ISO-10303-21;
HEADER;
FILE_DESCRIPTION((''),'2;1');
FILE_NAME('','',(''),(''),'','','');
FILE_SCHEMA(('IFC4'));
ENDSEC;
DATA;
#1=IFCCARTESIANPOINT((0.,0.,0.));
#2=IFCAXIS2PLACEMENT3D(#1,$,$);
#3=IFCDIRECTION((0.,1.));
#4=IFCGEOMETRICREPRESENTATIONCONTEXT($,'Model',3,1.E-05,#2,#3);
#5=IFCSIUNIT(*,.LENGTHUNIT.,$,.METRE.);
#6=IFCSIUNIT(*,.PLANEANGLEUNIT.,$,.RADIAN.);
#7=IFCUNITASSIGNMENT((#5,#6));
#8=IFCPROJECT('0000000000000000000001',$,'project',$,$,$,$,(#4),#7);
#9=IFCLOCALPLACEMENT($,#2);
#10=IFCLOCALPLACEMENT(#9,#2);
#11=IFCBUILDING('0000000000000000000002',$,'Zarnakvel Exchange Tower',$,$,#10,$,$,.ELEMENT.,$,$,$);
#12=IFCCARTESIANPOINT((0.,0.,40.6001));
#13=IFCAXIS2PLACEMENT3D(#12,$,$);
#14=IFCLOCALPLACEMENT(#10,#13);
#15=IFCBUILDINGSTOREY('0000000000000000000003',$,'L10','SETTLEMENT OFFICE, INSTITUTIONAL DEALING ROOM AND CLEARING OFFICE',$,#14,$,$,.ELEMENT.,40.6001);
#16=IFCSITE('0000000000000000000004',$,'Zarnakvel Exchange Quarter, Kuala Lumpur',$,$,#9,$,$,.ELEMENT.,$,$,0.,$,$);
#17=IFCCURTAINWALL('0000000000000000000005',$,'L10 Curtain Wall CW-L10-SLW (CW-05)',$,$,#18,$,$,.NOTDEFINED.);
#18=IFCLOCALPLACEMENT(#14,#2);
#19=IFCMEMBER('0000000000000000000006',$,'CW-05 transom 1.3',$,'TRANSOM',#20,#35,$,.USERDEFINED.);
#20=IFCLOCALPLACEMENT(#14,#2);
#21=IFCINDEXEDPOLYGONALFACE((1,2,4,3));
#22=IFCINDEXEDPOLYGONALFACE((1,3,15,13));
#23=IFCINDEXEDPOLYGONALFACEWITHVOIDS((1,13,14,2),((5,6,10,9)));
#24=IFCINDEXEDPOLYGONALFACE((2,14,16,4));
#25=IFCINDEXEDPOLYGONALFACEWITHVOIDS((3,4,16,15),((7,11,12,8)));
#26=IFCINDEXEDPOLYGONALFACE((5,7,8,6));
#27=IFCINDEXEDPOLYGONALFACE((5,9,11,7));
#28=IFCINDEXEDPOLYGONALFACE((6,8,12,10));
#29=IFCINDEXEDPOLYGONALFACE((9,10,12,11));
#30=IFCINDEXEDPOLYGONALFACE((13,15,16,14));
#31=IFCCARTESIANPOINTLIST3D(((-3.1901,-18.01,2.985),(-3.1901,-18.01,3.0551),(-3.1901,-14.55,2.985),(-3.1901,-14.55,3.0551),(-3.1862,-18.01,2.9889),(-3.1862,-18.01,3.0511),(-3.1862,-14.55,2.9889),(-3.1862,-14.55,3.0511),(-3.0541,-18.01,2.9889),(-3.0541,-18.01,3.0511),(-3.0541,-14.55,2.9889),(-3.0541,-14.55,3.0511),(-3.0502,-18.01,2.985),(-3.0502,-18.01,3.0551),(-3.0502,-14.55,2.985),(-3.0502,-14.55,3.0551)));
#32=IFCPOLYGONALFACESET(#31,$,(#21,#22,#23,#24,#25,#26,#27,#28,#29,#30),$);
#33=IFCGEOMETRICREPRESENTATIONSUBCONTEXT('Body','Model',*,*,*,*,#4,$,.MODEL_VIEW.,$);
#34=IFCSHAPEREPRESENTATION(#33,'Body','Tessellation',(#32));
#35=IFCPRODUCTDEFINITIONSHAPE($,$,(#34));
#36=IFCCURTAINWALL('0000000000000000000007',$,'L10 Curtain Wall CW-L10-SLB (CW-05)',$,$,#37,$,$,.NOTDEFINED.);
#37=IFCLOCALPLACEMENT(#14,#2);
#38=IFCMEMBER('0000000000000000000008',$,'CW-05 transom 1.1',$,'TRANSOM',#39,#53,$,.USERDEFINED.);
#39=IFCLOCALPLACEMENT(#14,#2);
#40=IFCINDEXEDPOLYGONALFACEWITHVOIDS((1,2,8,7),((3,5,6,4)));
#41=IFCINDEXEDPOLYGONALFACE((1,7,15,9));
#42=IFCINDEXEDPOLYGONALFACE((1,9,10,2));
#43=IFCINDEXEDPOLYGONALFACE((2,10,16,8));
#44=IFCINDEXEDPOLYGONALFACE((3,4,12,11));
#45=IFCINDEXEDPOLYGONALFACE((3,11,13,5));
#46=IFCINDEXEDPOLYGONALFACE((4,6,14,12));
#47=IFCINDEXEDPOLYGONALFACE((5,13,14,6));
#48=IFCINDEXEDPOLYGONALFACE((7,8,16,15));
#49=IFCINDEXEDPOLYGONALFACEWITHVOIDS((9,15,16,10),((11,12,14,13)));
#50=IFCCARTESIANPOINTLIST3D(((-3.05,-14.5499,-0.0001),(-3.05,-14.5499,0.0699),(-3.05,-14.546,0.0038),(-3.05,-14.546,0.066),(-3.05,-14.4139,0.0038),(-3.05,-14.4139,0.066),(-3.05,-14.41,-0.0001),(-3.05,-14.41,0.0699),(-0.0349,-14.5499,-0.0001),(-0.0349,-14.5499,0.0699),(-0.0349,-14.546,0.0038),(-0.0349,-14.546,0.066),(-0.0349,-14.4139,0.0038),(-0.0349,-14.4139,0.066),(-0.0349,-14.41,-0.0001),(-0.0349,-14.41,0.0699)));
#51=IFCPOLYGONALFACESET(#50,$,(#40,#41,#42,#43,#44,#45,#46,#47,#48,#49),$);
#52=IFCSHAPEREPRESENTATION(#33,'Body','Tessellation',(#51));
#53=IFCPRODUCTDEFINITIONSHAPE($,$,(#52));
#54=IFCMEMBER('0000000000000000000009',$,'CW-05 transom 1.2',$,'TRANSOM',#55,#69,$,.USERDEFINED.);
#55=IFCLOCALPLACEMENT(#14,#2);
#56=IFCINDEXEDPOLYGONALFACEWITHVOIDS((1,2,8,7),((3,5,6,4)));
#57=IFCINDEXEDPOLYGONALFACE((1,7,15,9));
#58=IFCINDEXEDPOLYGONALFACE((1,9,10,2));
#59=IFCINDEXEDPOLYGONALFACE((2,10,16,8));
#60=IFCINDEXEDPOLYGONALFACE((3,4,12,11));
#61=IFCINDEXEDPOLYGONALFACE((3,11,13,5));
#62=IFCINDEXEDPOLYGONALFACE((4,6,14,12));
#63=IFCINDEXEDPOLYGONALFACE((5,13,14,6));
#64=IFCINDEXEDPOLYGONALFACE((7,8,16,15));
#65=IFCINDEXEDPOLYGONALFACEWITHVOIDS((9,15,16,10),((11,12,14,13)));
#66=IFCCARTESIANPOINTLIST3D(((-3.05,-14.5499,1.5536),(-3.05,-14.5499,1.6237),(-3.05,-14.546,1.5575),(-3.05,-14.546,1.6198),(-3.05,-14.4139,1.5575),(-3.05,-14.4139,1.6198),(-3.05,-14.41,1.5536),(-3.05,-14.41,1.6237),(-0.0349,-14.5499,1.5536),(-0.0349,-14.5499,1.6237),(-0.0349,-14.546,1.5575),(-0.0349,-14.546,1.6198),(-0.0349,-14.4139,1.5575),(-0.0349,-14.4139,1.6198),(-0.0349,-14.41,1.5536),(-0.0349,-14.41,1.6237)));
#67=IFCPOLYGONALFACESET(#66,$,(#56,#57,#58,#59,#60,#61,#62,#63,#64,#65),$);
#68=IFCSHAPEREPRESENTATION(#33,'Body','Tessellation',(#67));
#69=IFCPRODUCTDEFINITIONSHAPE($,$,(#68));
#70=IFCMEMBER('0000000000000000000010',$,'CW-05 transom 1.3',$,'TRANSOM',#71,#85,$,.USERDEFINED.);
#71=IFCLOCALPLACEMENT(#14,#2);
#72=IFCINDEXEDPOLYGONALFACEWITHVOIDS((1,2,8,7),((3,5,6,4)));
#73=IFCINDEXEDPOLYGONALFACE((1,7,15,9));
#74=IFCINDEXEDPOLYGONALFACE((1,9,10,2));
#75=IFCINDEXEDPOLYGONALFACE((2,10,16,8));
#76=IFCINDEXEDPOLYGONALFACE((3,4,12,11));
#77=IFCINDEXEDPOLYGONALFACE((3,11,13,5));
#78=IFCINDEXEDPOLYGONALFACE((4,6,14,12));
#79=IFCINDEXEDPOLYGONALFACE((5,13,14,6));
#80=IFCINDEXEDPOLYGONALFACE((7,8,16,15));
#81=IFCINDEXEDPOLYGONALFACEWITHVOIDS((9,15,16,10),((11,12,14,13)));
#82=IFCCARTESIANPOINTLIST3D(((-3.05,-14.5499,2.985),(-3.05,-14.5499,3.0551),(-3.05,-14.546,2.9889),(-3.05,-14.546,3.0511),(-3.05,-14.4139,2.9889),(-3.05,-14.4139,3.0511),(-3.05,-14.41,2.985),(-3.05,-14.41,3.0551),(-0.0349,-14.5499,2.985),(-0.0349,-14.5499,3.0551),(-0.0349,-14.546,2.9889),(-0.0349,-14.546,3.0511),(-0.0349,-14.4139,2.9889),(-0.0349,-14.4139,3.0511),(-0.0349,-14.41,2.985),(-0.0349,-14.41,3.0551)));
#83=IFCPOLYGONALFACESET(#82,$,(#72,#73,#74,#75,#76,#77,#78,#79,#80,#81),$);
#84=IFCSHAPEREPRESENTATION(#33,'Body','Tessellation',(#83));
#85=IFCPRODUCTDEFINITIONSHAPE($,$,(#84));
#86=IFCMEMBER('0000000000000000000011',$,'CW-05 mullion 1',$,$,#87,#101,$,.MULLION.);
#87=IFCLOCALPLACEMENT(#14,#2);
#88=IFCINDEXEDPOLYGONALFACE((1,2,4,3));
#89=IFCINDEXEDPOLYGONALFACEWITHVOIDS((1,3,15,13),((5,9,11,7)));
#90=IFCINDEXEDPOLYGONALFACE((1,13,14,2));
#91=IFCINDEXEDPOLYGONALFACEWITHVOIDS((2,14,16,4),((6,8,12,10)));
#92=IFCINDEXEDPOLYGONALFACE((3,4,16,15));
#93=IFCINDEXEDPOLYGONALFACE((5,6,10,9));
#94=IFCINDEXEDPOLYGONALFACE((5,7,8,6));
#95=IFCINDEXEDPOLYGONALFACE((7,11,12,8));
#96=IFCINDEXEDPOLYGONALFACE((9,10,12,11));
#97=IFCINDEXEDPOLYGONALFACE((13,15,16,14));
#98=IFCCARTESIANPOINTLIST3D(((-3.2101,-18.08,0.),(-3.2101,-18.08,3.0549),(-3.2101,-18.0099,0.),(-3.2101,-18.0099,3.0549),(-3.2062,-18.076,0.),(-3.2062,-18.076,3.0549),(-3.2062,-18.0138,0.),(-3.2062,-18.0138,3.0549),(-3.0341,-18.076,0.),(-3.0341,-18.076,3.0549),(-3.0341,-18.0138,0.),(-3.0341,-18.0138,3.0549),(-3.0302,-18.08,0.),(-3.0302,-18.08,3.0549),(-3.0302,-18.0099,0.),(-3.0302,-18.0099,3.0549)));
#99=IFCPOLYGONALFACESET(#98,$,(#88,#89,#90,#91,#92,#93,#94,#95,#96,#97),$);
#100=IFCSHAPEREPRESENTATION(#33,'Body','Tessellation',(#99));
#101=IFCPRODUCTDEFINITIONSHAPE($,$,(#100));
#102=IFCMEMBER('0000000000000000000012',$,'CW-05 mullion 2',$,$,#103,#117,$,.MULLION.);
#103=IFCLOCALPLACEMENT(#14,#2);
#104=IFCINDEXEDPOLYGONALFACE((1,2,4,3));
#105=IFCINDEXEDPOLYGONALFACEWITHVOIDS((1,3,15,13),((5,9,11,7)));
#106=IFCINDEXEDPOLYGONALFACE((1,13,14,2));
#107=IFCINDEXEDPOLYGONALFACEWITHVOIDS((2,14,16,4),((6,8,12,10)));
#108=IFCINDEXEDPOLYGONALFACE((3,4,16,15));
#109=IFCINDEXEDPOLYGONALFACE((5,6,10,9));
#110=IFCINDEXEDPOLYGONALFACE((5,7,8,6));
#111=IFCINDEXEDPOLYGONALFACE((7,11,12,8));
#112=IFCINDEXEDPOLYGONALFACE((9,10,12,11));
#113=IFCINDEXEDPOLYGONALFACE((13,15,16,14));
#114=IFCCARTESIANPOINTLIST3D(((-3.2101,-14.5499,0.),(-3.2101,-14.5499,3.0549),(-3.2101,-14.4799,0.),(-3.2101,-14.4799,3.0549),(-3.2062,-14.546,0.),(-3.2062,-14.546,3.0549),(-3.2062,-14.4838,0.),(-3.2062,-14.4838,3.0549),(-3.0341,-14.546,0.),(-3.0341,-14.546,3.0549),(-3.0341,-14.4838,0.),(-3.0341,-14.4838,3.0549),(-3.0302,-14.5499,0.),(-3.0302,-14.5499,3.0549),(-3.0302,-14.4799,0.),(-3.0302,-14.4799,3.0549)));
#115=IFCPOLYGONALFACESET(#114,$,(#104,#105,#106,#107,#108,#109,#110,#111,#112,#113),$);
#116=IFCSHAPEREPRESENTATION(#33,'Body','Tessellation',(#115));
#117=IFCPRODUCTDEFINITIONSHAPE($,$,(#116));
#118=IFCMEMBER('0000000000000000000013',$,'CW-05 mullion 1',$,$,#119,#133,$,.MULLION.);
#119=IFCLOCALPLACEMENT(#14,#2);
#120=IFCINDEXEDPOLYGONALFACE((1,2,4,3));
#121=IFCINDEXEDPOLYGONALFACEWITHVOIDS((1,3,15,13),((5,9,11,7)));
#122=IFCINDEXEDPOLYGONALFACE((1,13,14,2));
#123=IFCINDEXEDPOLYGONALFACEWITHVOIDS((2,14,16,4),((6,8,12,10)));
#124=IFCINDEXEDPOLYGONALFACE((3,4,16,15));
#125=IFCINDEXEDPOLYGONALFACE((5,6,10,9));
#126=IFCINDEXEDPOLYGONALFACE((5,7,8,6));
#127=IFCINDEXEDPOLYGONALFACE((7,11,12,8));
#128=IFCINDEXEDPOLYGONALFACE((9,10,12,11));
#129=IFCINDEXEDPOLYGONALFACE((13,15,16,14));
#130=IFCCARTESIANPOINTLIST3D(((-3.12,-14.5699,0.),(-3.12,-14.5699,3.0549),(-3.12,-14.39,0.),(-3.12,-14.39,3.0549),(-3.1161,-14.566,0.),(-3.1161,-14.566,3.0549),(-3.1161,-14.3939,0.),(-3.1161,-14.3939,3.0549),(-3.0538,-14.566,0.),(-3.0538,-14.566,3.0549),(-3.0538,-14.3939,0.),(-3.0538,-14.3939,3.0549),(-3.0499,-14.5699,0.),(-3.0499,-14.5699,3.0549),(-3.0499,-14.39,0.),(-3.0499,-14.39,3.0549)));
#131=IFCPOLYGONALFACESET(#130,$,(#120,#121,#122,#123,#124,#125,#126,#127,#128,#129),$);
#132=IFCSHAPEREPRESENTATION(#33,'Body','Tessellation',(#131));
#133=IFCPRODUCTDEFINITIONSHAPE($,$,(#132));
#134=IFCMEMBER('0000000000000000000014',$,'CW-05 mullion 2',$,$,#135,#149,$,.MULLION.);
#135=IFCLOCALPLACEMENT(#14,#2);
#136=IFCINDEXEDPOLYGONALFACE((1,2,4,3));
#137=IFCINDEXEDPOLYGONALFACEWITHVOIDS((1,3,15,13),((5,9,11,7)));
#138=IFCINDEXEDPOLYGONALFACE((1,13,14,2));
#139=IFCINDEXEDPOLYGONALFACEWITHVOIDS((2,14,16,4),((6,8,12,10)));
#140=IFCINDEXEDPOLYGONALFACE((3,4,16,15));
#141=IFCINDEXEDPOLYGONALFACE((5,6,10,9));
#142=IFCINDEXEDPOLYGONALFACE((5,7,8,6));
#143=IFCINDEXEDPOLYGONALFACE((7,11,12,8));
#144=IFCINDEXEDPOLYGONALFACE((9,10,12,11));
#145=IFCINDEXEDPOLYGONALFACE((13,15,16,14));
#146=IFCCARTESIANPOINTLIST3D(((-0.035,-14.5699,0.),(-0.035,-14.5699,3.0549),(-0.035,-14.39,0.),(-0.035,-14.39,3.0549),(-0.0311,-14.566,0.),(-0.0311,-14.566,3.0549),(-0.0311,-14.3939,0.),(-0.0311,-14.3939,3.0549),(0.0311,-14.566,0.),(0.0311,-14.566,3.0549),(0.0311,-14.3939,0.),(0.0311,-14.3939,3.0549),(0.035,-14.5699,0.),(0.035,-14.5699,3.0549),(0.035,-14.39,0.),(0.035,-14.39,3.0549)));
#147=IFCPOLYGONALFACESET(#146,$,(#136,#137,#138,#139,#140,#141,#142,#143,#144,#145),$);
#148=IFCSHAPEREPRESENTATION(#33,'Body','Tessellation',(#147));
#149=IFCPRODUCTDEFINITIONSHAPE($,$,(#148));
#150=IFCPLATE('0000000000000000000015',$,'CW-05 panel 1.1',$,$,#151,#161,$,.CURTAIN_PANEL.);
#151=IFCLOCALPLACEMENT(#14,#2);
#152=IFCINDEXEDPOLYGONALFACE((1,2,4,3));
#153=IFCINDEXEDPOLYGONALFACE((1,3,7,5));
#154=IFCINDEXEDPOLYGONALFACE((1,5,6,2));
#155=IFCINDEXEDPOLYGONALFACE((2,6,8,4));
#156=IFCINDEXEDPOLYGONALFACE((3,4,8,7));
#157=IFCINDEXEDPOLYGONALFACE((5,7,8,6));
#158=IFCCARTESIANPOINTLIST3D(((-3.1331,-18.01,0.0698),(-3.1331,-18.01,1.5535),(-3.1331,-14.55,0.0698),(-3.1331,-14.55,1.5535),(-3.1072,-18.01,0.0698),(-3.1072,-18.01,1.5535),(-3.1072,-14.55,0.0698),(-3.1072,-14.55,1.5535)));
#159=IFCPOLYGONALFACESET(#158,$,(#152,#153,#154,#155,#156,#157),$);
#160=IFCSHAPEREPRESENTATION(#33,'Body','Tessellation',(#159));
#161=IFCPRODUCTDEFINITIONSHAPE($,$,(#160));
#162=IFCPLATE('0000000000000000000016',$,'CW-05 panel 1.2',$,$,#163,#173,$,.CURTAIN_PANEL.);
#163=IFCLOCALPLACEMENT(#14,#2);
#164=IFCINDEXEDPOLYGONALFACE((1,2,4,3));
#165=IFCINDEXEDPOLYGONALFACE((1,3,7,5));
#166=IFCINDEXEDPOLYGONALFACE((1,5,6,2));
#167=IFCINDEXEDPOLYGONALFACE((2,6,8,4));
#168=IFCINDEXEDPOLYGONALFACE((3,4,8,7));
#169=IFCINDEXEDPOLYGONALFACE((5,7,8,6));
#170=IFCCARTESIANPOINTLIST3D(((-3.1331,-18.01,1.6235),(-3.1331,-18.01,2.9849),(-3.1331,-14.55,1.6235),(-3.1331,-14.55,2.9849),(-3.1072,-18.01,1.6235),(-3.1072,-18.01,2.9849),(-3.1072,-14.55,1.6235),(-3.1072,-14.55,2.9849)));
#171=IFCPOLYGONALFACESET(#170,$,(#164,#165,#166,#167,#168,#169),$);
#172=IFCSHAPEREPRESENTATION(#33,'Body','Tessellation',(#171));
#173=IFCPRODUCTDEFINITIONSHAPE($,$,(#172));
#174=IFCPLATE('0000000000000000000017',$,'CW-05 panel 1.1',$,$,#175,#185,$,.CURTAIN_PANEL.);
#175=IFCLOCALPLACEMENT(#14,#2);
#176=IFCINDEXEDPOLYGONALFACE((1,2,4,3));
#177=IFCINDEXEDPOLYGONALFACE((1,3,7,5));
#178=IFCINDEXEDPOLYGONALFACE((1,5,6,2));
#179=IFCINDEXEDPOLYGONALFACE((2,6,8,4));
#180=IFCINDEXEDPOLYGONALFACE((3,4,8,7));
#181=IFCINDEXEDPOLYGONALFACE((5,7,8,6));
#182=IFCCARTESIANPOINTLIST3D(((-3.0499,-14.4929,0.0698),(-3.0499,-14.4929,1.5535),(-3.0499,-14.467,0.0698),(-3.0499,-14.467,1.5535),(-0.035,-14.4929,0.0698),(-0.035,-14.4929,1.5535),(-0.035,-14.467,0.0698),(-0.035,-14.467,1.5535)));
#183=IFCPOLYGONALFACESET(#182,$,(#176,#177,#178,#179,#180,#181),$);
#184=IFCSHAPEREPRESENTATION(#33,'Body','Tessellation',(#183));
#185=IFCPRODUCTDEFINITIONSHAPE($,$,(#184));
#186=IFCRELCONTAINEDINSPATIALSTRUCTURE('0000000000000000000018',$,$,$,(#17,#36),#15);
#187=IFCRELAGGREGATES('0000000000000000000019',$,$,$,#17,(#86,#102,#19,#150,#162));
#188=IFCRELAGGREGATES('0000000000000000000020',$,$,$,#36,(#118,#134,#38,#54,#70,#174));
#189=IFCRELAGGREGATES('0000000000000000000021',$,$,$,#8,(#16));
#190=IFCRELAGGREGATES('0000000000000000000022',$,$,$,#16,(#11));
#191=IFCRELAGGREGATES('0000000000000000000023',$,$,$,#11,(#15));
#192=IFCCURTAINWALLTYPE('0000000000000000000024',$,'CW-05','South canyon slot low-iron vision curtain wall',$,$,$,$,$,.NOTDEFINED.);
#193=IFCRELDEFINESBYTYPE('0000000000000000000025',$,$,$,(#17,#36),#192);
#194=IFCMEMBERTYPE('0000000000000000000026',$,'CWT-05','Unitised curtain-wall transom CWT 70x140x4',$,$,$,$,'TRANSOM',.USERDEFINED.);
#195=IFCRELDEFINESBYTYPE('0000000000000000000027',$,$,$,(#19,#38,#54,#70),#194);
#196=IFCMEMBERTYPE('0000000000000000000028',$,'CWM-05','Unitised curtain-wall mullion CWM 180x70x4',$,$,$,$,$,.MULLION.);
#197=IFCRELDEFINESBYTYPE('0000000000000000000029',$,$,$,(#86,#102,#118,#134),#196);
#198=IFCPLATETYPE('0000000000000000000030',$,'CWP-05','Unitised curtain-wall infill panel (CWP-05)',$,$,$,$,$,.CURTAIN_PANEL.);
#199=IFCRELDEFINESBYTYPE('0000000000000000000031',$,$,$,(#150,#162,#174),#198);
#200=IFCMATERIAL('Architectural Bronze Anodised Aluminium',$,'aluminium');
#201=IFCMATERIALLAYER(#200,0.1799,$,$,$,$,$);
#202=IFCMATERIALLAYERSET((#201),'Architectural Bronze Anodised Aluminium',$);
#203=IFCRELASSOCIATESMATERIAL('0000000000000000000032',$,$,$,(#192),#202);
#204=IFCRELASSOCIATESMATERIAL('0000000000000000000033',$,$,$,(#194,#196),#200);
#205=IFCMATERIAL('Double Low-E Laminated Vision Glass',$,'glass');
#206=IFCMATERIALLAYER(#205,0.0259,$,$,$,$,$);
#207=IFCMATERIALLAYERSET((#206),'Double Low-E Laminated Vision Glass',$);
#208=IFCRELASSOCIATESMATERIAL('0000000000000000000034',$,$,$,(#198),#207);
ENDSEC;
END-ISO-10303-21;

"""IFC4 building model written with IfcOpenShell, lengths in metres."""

from ifc_helpers import new_model, si_unit, direction, frame, origin, origin_2d, place, context, subcontext, project, spatial, rectangle, hollow_rectangle, extrude, source, transform, mapped, material, layer, layer_set, material_profile, profile_set, type_object, element, aggregate, save


model = new_model("IFC4")

# Units and contexts
model_context = context("Model", 3, precision=1e-05, world=origin(), true_north=direction((0.0, 1.0)))
body_context = subcontext(model_context, "Body", "Model", "MODEL_VIEW")
ifc_project = project(units=[si_unit("LENGTHUNIT", "METRE"), si_unit("PLANEANGLEUNIT", "RADIAN")], contexts=[model_context])

# Site, building, storey
site_placement = place(None, origin())
site = spatial("IfcSite", under=ifc_project, at=site_placement, Name="Zarnakvel Exchange Quarter, Kuala Lumpur", CompositionType="ELEMENT", RefElevation=0.0)
building_placement = place(site_placement, origin())
building = spatial("IfcBuilding", under=site, at=building_placement, Name="Zarnakvel Exchange Tower", CompositionType="ELEMENT")
storey_placement = place(building_placement, frame((0.0, 0.0, 40.6001)))
storey = spatial("IfcBuildingStorey", under=building, at=storey_placement, Name="L10", Description="SETTLEMENT OFFICE, INSTITUTIONAL DEALING ROOM AND CLEARING OFFICE", CompositionType="ELEMENT", Elevation=40.6001)

# Curtain walls, members
ifc_material_1 = material(Name="Architectural Bronze Anodised Aluminium", Category="aluminium")
ifc_layer_1 = layer(ifc_material_1, 0.1799)
ifc_layer_set_1 = layer_set([ifc_layer_1], Name="Architectural Bronze Anodised Aluminium")
curtain_wall_type = type_object("IfcCurtainWallType", Name="CW-05", Description="South canyon slot low-iron vision curtain wall", PredefinedType="NOTDEFINED", material=ifc_layer_set_1)
curtain_wall_1_placement = place(storey_placement, origin())
curtain_wall_1 = element("IfcCurtainWall", 1, at=curtain_wall_1_placement, inside=storey, type_object=curtain_wall_type, Name="L10 Curtain Wall CW-L10-SLW (CW-05)", PredefinedType="NOTDEFINED")
ifc_material_profile_1 = material_profile(ifc_material_1, hollow_rectangle(XDim=0.1399, YDim=0.0701, WallThickness=0.0039, at=origin_2d()))
ifc_profile_set_1 = profile_set([ifc_material_profile_1], Name="Architectural Bronze Anodised Aluminium")
member_type_1 = type_object("IfcMemberType", Name="CWT-05", Description="Unitised curtain-wall transom CWT 70x140x4", ElementType="TRANSOM", PredefinedType="USERDEFINED", material=ifc_profile_set_1)
shared_shape_1 = source(origin(), body_context, "Body", "SweptSolid", [
    extrude(hollow_rectangle(XDim=0.1399, YDim=0.0701, WallThickness=0.0039, at=origin_2d()), origin(), (0.0, 0.0, 1.0), 3.46),
])
member_1_placement = place(storey_placement, frame((-3.1201, -18.01, 3.02), z_axis=(0.0, 1.0, 0.0), x_axis=(-1.0, 0.0, 0.0)))
member_1 = element("IfcMember", 2, at=member_1_placement, type_object=member_type_1, Name="CW-05 transom 1.3", ObjectType="TRANSOM", PredefinedType="USERDEFINED", context=body_context, shape_type="MappedRepresentation", body=[
    mapped(shared_shape_1, transform((0.0, 0.0, 0.0), x_axis=(1.0, 0.0, 0.0), y_axis=(0.0, 1.0, 0.0), z_axis=(0.0, 0.0, 1.0), scale=1.0)),
])
curtain_wall_2_placement = place(storey_placement, origin())
curtain_wall_2 = element("IfcCurtainWall", 3, at=curtain_wall_2_placement, inside=storey, type_object=curtain_wall_type, Name="L10 Curtain Wall CW-L10-SLB (CW-05)", PredefinedType="NOTDEFINED")
shared_shape_2 = source(origin(), body_context, "Body", "SweptSolid", [
    extrude(hollow_rectangle(XDim=0.1399, YDim=0.0701, WallThickness=0.0039, at=origin_2d()), origin(), (0.0, 0.0, 1.0), 3.0151),
])
member_2_placement = place(storey_placement, frame((-3.05, -14.48, 0.0349), z_axis=(1.0, 0.0, 0.0), x_axis=(0.0, 1.0, 0.0)))
member_2 = element("IfcMember", 4, at=member_2_placement, type_object=member_type_1, Name="CW-05 transom 1.1", ObjectType="TRANSOM", PredefinedType="USERDEFINED", context=body_context, shape_type="MappedRepresentation", body=[
    mapped(shared_shape_2, transform((0.0, 0.0, 0.0), x_axis=(1.0, 0.0, 0.0), y_axis=(0.0, 1.0, 0.0), z_axis=(0.0, 0.0, 1.0), scale=1.0)),
])
member_3_placement = place(storey_placement, frame((-3.05, -14.48, 1.5886), z_axis=(1.0, 0.0, 0.0), x_axis=(0.0, 1.0, 0.0)))
member_3 = element("IfcMember", 5, at=member_3_placement, type_object=member_type_1, Name="CW-05 transom 1.2", ObjectType="TRANSOM", PredefinedType="USERDEFINED", context=body_context, shape_type="MappedRepresentation", body=[
    mapped(shared_shape_2, transform((0.0, 0.0, 0.0), x_axis=(1.0, 0.0, 0.0), y_axis=(0.0, 1.0, 0.0), z_axis=(0.0, 0.0, 1.0), scale=1.0)),
])
member_4_placement = place(storey_placement, frame((-3.05, -14.48, 3.02), z_axis=(1.0, 0.0, 0.0), x_axis=(0.0, 1.0, 0.0)))
member_4 = element("IfcMember", 6, at=member_4_placement, type_object=member_type_1, Name="CW-05 transom 1.3", ObjectType="TRANSOM", PredefinedType="USERDEFINED", context=body_context, shape_type="MappedRepresentation", body=[
    mapped(shared_shape_2, transform((0.0, 0.0, 0.0), x_axis=(1.0, 0.0, 0.0), y_axis=(0.0, 1.0, 0.0), z_axis=(0.0, 0.0, 1.0), scale=1.0)),
])

# Members
ifc_material_profile_2 = material_profile(ifc_material_1, hollow_rectangle(XDim=0.1799, YDim=0.0701, WallThickness=0.0039, at=origin_2d()))
ifc_profile_set_2 = profile_set([ifc_material_profile_2], Name="Architectural Bronze Anodised Aluminium")
member_type_2 = type_object("IfcMemberType", Name="CWM-05", Description="Unitised curtain-wall mullion CWM 180x70x4", PredefinedType="MULLION", material=ifc_profile_set_2)
shared_shape_3 = source(origin(), body_context, "Body", "SweptSolid", [
    extrude(hollow_rectangle(XDim=0.1799, YDim=0.0701, WallThickness=0.0039, at=origin_2d()), origin(), (0.0, 0.0, 1.0), 3.0549),
])
member_5_placement = place(storey_placement, frame((-3.1201, -18.0449, 0.0), z_axis=(0.0, 0.0, 1.0), x_axis=(-1.0, 0.0, 0.0)))
member_5 = element("IfcMember", 7, at=member_5_placement, type_object=member_type_2, Name="CW-05 mullion 1", PredefinedType="MULLION", context=body_context, shape_type="MappedRepresentation", body=[
    mapped(shared_shape_3, transform((0.0, 0.0, 0.0), x_axis=(1.0, 0.0, 0.0), y_axis=(0.0, 1.0, 0.0), z_axis=(0.0, 0.0, 1.0), scale=1.0)),
])
member_6_placement = place(storey_placement, frame((-3.1201, -14.5149, 0.0), z_axis=(0.0, 0.0, 1.0), x_axis=(-1.0, 0.0, 0.0)))
member_6 = element("IfcMember", 8, at=member_6_placement, type_object=member_type_2, Name="CW-05 mullion 2", PredefinedType="MULLION", context=body_context, shape_type="MappedRepresentation", body=[
    mapped(shared_shape_3, transform((0.0, 0.0, 0.0), x_axis=(1.0, 0.0, 0.0), y_axis=(0.0, 1.0, 0.0), z_axis=(0.0, 0.0, 1.0), scale=1.0)),
])
member_7_placement = place(storey_placement, frame((-3.085, -14.48, 0.0), z_axis=(0.0, 0.0, 1.0), x_axis=(0.0, 1.0, 0.0)))
member_7 = element("IfcMember", 9, at=member_7_placement, type_object=member_type_2, Name="CW-05 mullion 1", PredefinedType="MULLION", context=body_context, shape_type="MappedRepresentation", body=[
    mapped(shared_shape_3, transform((0.0, 0.0, 0.0), x_axis=(1.0, 0.0, 0.0), y_axis=(0.0, 1.0, 0.0), z_axis=(0.0, 0.0, 1.0), scale=1.0)),
])
member_8_placement = place(storey_placement, frame((0.0, -14.48, 0.0), z_axis=(0.0, 0.0, 1.0), x_axis=(0.0, 1.0, 0.0)))
member_8 = element("IfcMember", 10, at=member_8_placement, type_object=member_type_2, Name="CW-05 mullion 2", PredefinedType="MULLION", context=body_context, shape_type="MappedRepresentation", body=[
    mapped(shared_shape_3, transform((0.0, 0.0, 0.0), x_axis=(1.0, 0.0, 0.0), y_axis=(0.0, 1.0, 0.0), z_axis=(0.0, 0.0, 1.0), scale=1.0)),
])

# Plates
ifc_material_2 = material(Name="Double Low-E Laminated Vision Glass", Category="glass")
ifc_layer_2 = layer(ifc_material_2, 0.0259)
ifc_layer_set_2 = layer_set([ifc_layer_2], Name="Double Low-E Laminated Vision Glass")
plate_type = type_object("IfcPlateType", Name="CWP-05", Description="Unitised curtain-wall infill panel (CWP-05)", PredefinedType="CURTAIN_PANEL", material=ifc_layer_set_2)
shared_shape_4 = source(origin(), body_context, "Body", "SweptSolid", [
    extrude(rectangle(XDim=3.46, YDim=0.0259, at=origin_2d()), origin(), (0.0, 0.0, 1.0), 1.4836),
])
plate_1_placement = place(storey_placement, frame((-3.1201, -16.28, 0.0698), z_axis=(0.0, 0.0, 1.0), x_axis=(0.0, 1.0, 0.0)))
plate_1 = element("IfcPlate", 11, at=plate_1_placement, type_object=plate_type, Name="CW-05 panel 1.1", PredefinedType="CURTAIN_PANEL", context=body_context, shape_type="MappedRepresentation", body=[
    mapped(shared_shape_4, transform((0.0, 0.0, 0.0), x_axis=(1.0, 0.0, 0.0), y_axis=(0.0, 1.0, 0.0), z_axis=(0.0, 0.0, 1.0), scale=1.0)),
])
shared_shape_5 = source(origin(), body_context, "Body", "SweptSolid", [
    extrude(rectangle(XDim=3.46, YDim=0.0259, at=origin_2d()), origin(), (0.0, 0.0, 1.0), 1.3613),
])
plate_2_placement = place(storey_placement, frame((-3.1201, -16.28, 1.6235), z_axis=(0.0, 0.0, 1.0), x_axis=(0.0, 1.0, 0.0)))
plate_2 = element("IfcPlate", 12, at=plate_2_placement, type_object=plate_type, Name="CW-05 panel 1.2", PredefinedType="CURTAIN_PANEL", context=body_context, shape_type="MappedRepresentation", body=[
    mapped(shared_shape_5, transform((0.0, 0.0, 0.0), x_axis=(1.0, 0.0, 0.0), y_axis=(0.0, 1.0, 0.0), z_axis=(0.0, 0.0, 1.0), scale=1.0)),
])
aggregate(curtain_wall_1, [member_5, member_6, member_1, plate_1, plate_2])
shared_shape_6 = source(origin(), body_context, "Body", "SweptSolid", [
    extrude(rectangle(XDim=3.0149, YDim=0.0259, at=origin_2d()), origin(), (0.0, 0.0, 1.0), 1.4836),
])
plate_3_placement = place(storey_placement, frame((-1.5425, -14.48, 0.0698), z_axis=(0.0, 0.0, 1.0), x_axis=(1.0, 0.0, 0.0)))
plate_3 = element("IfcPlate", 13, at=plate_3_placement, type_object=plate_type, Name="CW-05 panel 1.1", PredefinedType="CURTAIN_PANEL", context=body_context, shape_type="MappedRepresentation", body=[
    mapped(shared_shape_6, transform((0.0, 0.0, 0.0), x_axis=(1.0, 0.0, 0.0), y_axis=(0.0, 1.0, 0.0), z_axis=(0.0, 0.0, 1.0), scale=1.0)),
])
aggregate(curtain_wall_2, [member_7, member_8, member_2, member_3, member_4, plate_3])

save(model, "model.ifc")
